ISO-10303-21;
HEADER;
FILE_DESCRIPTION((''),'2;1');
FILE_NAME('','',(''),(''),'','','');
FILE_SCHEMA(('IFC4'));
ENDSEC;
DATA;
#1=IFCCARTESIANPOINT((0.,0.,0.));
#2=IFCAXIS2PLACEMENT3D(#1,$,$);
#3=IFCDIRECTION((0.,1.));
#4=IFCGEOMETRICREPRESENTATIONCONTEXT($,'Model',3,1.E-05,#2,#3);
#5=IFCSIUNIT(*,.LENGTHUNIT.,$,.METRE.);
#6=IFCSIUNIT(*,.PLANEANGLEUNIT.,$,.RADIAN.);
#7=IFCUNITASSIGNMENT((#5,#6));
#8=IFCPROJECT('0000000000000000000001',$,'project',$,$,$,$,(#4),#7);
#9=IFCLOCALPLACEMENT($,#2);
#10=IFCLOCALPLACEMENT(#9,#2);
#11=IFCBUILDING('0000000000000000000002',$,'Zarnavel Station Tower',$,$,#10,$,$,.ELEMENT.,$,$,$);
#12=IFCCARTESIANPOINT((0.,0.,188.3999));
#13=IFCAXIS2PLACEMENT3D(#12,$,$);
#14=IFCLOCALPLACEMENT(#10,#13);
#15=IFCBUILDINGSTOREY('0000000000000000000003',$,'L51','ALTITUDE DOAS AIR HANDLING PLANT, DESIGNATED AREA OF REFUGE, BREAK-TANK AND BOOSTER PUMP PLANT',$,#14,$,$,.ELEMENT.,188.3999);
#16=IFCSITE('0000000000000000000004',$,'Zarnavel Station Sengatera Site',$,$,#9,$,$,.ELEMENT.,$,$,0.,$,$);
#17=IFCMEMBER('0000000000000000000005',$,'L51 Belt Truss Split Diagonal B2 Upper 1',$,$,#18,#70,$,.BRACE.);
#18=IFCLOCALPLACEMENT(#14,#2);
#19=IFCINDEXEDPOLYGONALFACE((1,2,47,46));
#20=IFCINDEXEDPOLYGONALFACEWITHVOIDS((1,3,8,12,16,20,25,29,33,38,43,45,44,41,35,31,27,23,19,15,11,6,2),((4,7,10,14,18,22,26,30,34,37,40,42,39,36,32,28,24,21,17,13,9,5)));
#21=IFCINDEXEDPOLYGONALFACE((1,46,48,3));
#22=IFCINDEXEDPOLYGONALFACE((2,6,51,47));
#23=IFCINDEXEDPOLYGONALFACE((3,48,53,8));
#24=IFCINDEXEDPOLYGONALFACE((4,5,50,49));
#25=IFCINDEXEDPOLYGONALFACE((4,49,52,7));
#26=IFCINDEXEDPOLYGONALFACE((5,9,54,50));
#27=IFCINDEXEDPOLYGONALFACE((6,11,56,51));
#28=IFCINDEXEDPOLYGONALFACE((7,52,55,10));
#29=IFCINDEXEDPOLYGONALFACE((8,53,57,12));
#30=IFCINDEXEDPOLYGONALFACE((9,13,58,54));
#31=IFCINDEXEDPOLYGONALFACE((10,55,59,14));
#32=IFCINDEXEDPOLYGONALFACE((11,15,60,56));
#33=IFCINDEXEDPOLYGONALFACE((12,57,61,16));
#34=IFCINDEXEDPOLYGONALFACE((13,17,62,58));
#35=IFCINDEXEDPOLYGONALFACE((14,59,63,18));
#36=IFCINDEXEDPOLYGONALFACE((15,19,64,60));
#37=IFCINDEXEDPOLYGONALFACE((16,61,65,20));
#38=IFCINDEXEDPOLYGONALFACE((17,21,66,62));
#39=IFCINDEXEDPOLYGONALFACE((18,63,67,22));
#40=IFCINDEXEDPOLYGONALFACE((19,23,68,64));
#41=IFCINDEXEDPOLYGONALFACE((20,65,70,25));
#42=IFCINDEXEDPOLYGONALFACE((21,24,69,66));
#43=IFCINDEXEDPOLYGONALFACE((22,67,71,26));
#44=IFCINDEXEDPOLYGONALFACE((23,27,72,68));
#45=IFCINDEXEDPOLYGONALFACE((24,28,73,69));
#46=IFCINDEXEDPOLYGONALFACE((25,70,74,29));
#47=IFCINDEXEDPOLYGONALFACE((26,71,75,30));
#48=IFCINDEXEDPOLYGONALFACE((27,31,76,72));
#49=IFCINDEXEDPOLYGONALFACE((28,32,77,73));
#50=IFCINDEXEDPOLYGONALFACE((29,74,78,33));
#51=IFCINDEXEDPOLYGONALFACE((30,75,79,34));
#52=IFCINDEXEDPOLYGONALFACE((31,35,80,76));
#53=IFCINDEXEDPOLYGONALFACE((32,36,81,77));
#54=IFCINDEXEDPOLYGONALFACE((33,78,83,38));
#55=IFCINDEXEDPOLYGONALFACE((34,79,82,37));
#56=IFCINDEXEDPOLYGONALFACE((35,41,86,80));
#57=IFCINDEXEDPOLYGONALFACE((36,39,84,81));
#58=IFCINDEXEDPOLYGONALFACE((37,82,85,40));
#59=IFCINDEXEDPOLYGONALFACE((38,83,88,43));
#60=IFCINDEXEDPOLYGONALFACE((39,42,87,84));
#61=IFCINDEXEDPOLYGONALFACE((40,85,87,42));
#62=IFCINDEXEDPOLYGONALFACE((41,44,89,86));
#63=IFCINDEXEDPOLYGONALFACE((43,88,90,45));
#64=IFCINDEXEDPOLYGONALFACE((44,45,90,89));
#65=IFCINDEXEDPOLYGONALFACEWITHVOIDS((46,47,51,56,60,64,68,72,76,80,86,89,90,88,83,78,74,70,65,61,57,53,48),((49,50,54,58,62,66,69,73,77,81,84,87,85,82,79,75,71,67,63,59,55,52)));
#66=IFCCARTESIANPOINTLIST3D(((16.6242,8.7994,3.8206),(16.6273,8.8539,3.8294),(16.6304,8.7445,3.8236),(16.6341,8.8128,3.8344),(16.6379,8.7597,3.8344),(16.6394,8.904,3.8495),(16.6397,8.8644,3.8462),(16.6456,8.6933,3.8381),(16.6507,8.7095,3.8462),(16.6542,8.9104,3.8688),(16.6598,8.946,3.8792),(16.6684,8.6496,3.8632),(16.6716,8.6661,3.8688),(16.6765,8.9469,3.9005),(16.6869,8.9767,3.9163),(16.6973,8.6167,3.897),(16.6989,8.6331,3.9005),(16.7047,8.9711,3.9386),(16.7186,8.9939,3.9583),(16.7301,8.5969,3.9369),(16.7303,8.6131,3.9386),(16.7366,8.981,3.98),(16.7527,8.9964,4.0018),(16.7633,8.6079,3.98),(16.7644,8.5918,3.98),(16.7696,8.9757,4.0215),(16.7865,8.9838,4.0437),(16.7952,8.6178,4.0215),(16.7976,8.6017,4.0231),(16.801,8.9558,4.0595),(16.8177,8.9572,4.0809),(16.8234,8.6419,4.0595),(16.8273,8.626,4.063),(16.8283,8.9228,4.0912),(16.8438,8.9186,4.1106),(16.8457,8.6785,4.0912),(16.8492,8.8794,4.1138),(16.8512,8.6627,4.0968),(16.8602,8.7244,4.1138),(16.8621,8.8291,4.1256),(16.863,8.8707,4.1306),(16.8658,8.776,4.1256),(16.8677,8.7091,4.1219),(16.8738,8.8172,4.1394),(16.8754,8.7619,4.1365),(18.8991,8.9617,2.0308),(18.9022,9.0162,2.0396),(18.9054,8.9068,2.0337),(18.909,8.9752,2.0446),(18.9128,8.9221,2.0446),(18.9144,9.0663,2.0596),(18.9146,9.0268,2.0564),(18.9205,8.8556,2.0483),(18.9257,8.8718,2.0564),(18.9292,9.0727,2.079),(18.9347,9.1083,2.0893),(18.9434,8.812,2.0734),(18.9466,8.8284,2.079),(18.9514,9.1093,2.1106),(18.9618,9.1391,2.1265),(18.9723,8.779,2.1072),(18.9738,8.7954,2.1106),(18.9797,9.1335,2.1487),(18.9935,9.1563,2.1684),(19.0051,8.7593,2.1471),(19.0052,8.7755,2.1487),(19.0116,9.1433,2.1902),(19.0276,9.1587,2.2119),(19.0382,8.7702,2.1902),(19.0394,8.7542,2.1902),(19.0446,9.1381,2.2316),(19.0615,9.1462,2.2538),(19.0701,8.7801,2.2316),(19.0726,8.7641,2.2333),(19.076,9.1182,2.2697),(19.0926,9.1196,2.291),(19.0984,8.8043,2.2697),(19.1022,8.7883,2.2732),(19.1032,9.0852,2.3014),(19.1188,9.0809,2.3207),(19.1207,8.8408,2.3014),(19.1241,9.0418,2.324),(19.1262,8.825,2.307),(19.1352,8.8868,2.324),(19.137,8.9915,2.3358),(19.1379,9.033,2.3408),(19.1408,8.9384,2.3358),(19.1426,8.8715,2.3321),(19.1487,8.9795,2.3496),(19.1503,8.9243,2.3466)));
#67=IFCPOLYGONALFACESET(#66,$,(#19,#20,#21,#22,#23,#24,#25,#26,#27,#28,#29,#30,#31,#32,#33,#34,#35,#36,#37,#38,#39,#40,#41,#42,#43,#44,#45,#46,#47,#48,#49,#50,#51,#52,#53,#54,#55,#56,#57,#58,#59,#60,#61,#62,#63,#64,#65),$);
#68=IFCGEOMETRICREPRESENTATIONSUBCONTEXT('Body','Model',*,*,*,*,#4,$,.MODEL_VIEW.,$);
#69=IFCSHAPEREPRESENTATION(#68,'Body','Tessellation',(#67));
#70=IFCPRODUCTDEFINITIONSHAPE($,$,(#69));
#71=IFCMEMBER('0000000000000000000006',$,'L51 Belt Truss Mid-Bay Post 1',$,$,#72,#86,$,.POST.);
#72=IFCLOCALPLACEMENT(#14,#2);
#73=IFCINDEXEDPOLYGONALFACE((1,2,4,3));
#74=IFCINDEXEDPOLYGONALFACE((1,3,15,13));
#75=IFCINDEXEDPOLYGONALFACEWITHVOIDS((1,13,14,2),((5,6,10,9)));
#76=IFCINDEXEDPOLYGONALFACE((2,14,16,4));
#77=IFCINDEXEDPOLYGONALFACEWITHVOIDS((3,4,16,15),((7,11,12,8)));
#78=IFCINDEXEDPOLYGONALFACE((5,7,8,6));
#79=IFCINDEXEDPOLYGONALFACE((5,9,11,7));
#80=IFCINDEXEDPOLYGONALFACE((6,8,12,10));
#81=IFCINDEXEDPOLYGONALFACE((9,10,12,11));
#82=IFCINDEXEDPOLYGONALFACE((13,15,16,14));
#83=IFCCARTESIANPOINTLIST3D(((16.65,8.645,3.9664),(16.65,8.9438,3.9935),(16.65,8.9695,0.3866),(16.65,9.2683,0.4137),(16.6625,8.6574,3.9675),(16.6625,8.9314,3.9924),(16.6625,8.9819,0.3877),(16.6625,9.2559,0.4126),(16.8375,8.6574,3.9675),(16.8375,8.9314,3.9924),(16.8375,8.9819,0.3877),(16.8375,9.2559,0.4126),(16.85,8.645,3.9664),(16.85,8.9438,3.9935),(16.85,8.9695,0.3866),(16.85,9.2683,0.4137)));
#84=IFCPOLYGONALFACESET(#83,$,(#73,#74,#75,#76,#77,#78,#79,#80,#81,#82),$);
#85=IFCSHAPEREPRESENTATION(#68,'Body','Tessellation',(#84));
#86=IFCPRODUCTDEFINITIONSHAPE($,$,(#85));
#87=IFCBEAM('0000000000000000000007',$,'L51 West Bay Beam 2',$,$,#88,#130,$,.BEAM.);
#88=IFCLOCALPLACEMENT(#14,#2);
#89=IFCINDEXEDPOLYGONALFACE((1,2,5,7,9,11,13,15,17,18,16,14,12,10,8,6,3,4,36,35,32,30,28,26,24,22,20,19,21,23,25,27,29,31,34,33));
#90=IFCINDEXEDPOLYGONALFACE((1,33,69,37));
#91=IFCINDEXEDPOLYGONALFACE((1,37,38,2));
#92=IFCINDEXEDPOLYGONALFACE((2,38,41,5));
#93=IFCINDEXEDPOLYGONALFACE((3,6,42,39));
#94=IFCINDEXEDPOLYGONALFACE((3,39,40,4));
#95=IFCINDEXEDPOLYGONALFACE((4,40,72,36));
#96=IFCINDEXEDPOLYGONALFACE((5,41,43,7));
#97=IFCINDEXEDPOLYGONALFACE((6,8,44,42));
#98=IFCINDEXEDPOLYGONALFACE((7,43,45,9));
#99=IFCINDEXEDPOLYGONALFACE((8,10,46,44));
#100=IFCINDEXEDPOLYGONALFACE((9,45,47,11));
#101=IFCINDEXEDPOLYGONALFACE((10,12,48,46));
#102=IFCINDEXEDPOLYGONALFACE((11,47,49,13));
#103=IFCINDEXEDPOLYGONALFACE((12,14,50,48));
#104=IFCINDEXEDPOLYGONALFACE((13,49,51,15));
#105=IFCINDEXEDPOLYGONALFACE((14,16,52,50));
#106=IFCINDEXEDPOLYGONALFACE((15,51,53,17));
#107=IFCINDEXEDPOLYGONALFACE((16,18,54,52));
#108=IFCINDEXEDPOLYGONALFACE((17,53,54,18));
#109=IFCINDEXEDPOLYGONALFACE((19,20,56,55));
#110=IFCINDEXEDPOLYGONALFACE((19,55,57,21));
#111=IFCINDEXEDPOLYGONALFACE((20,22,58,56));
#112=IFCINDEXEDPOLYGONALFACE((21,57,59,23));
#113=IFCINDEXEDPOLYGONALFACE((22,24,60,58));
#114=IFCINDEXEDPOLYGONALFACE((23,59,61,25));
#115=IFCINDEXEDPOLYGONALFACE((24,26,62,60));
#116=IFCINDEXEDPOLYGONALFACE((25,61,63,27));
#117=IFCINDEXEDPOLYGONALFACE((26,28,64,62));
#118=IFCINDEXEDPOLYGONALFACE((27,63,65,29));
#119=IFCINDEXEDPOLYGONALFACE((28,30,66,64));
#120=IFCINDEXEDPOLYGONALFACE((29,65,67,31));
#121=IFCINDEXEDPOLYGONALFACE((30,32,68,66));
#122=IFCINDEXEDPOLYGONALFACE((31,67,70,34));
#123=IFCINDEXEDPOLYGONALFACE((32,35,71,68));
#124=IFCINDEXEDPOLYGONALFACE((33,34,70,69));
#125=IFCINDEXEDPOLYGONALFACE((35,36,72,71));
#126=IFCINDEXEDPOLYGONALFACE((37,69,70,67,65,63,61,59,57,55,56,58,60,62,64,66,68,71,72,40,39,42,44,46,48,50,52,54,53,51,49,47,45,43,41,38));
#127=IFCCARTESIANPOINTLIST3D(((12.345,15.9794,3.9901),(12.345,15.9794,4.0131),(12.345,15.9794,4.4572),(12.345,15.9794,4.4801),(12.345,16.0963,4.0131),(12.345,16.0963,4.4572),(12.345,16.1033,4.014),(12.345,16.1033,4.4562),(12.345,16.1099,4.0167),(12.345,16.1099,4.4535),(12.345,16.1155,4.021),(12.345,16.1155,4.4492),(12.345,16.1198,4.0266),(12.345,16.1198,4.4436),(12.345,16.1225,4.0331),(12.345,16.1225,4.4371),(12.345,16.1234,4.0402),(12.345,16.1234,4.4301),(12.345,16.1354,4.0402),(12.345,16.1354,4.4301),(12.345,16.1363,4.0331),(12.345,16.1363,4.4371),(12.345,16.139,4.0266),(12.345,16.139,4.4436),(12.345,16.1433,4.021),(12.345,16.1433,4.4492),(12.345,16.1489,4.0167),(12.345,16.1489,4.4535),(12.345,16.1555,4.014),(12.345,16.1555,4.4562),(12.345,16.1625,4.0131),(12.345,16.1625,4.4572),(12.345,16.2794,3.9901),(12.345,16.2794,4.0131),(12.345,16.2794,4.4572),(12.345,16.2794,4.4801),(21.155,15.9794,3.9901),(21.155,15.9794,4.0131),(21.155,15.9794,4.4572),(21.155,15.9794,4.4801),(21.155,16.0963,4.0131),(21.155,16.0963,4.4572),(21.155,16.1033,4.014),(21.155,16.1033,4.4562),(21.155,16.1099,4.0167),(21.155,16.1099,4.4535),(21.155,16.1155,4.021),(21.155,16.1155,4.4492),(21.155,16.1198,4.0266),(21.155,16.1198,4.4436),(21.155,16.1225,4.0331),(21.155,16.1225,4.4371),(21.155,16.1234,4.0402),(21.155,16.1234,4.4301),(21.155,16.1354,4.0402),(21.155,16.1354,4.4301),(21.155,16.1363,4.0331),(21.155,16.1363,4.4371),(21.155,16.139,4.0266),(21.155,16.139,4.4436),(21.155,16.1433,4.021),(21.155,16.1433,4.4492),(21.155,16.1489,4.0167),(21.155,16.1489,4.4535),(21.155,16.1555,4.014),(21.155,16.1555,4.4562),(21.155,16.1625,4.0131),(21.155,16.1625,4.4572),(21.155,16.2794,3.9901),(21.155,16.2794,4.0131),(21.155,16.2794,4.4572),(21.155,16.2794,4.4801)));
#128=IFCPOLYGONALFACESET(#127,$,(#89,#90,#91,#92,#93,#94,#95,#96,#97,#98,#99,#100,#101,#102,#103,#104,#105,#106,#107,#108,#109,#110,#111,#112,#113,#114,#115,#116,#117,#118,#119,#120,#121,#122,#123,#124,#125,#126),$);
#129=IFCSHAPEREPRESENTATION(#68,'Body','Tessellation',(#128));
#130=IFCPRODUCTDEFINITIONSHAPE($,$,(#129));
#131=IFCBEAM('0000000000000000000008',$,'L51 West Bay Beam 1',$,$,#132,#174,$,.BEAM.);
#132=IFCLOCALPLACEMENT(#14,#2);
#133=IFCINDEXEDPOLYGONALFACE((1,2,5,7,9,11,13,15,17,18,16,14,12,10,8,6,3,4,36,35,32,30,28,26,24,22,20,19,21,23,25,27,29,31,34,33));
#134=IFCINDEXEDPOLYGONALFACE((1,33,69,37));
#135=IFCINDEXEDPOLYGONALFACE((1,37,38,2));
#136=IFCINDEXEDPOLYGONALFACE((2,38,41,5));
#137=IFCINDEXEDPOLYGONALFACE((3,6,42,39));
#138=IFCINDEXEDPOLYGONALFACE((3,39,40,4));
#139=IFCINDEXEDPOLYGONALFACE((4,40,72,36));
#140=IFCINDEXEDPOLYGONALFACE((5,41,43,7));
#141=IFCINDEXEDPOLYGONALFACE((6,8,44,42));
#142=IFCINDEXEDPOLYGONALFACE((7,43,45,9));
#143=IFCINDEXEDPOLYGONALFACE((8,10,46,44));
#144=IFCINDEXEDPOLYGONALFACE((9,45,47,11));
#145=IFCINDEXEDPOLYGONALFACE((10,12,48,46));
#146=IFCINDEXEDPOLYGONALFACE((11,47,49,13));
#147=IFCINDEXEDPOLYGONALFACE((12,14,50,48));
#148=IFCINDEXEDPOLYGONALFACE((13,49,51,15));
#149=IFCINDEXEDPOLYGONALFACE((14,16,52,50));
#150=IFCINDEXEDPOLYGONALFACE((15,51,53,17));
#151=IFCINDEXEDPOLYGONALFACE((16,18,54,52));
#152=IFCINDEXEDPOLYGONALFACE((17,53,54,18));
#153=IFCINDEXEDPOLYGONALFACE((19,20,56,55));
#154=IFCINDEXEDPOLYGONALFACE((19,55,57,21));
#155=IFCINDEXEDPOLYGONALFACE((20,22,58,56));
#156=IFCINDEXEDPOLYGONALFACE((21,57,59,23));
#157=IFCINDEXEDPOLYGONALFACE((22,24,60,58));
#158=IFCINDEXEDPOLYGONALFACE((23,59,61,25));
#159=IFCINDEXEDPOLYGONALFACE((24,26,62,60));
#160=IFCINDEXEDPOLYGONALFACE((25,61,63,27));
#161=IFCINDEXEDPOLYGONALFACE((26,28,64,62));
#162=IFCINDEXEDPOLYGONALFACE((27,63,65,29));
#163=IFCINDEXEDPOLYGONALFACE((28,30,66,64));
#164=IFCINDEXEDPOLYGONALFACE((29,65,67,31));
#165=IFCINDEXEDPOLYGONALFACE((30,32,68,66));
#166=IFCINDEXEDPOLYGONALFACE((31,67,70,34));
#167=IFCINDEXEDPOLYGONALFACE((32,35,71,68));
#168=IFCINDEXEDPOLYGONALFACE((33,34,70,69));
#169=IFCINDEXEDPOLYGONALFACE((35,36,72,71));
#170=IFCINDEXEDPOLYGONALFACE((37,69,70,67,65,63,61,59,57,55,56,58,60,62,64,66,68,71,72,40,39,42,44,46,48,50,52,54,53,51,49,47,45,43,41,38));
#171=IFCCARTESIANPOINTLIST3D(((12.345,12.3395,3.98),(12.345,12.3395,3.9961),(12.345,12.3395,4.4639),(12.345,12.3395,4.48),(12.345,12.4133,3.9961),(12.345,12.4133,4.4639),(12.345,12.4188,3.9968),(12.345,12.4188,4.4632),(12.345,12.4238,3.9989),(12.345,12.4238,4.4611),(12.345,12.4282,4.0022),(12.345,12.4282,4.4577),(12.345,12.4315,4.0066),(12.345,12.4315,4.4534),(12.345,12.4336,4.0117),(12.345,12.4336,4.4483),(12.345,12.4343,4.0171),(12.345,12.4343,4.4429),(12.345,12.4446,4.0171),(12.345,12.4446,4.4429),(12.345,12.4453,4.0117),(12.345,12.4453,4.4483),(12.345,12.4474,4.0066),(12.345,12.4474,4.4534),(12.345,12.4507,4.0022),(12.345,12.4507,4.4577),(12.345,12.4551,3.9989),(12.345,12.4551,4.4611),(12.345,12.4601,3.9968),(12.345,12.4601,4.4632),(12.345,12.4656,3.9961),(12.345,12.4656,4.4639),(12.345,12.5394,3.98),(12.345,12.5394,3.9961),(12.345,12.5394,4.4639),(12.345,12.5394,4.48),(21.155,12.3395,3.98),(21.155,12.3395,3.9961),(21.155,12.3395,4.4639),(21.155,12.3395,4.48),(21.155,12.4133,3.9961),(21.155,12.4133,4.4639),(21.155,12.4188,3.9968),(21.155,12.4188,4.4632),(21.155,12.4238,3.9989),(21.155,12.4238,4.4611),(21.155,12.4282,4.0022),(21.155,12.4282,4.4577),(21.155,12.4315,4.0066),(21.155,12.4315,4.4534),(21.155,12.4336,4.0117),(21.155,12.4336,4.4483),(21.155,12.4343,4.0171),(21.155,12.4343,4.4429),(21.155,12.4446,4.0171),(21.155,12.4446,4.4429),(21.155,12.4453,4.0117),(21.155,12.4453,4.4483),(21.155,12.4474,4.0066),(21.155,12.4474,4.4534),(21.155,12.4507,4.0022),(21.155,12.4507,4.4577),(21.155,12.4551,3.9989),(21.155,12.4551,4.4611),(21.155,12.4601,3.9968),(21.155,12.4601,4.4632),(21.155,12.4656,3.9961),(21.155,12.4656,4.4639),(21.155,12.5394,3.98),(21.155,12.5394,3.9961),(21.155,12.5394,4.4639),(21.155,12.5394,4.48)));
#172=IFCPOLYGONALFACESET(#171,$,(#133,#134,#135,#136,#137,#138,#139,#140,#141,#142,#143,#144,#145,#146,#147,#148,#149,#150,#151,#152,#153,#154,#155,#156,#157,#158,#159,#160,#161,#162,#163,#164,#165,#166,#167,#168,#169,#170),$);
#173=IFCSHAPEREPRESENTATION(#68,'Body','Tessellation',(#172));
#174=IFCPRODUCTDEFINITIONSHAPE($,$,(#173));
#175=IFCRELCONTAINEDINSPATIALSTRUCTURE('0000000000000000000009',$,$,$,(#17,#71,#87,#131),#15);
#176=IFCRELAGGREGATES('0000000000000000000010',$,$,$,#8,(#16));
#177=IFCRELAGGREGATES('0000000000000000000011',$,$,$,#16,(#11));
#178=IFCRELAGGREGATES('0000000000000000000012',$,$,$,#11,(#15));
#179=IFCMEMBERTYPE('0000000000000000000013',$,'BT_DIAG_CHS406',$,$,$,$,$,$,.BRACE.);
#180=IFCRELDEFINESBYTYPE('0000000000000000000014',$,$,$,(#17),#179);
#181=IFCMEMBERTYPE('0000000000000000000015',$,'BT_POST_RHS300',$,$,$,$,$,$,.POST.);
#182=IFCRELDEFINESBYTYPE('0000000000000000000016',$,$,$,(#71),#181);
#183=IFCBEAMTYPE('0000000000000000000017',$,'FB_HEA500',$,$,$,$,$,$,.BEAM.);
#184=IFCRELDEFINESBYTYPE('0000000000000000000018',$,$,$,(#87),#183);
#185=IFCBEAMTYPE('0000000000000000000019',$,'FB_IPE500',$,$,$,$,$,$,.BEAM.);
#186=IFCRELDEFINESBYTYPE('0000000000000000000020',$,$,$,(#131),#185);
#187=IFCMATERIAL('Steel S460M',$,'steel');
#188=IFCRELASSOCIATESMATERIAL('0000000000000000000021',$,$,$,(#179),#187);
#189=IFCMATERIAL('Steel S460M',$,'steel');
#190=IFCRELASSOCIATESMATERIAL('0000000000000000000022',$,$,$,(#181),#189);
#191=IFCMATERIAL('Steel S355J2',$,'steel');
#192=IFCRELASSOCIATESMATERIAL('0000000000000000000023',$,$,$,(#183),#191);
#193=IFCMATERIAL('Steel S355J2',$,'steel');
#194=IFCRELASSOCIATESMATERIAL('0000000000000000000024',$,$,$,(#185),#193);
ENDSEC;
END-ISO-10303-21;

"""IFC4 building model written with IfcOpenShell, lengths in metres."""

from ifc_helpers import new_model, si_unit, direction, frame, origin, origin_2d, place, context, subcontext, project, spatial, hollow_rectangle, hollow_circle, i_section, extrude, material, material_profile, profile_set, type_object, element, save


model = new_model("IFC4")

# Units and contexts
model_context = context("Model", 3, precision=1e-05, world=origin(), true_north=direction((0.0, 1.0)))
body_context = subcontext(model_context, "Body", "Model", "MODEL_VIEW")
ifc_project = project(units=[si_unit("LENGTHUNIT", "METRE"), si_unit("PLANEANGLEUNIT", "RADIAN")], contexts=[model_context])

# Site, building, storey
site_placement = place(None, origin())
site = spatial("IfcSite", under=ifc_project, at=site_placement, Name="Zarnavel Station Sengatera Site", CompositionType="ELEMENT", RefElevation=0.0)
building_placement = place(site_placement, origin())
building = spatial("IfcBuilding", under=site, at=building_placement, Name="Zarnavel Station Tower", CompositionType="ELEMENT")
storey_placement = place(building_placement, frame((0.0, 0.0, 188.3999)))
storey = spatial("IfcBuildingStorey", under=building, at=storey_placement, Name="L51", Description="ALTITUDE DOAS AIR HANDLING PLANT, DESIGNATED AREA OF REFUGE, BREAK-TANK AND BOOSTER PUMP PLANT", CompositionType="ELEMENT", Elevation=188.3999)

# Members
ifc_material_1 = material(Name="Steel S460M", Category="steel")
ifc_material_profile_1 = material_profile(ifc_material_1, hollow_circle(Radius=0.2031, WallThickness=0.0161, at=origin_2d()), Name="CHS406.4x16")
ifc_profile_set_1 = profile_set([ifc_material_profile_1], Name="Steel S460M")
member_type_1 = type_object("IfcMemberType", Name="BT_DIAG_CHS406", PredefinedType="BRACE", material=ifc_profile_set_1)
member_1_placement = place(storey_placement, frame((19.0249, 8.9568, 2.1902), z_axis=(-0.784687, -0.056001, 0.617358), x_axis=(0.071186, -0.997463, 0.0)))
element("IfcMember", 1, at=member_1_placement, inside=storey, type_object=member_type_1, Name="L51 Belt Truss Split Diagonal B2 Upper 1", PredefinedType="BRACE", context=body_context, shape_type="SweptSolid", body=[
    extrude(hollow_circle(Radius=0.2031, WallThickness=0.0161, at=origin_2d()), origin(), (0.0, 0.0, 1.0), 2.8992),
])
ifc_material_2 = material(Name="Steel S460M", Category="steel")
ifc_material_profile_2 = material_profile(ifc_material_2, hollow_rectangle(XDim=0.2, YDim=0.3, WallThickness=0.0125, at=origin_2d()), Name="RHS300x200x12.5")
ifc_profile_set_2 = profile_set([ifc_material_profile_2], Name="Steel S460M")
member_type_2 = type_object("IfcMemberType", Name="BT_POST_RHS300", PredefinedType="POST", material=ifc_profile_set_2)
member_2_placement = place(storey_placement, frame((16.75, 9.1189, 0.4001), z_axis=(0.0, -0.090266, 0.995918), x_axis=(1.0, 0.0, 0.0)))
element("IfcMember", 2, at=member_2_placement, inside=storey, type_object=member_type_2, Name="L51 Belt Truss Mid-Bay Post 1", PredefinedType="POST", context=body_context, shape_type="SweptSolid", body=[
    extrude(hollow_rectangle(XDim=0.2, YDim=0.3, WallThickness=0.0125, at=origin_2d()), origin(), (0.0, 0.0, 1.0), 3.5945),
])

# Beams
ifc_material_3 = material(Name="Steel S355J2", Category="steel")
ifc_material_profile_3 = material_profile(ifc_material_3, i_section(OverallWidth=0.3, OverallDepth=0.49, WebThickness=0.012, FlangeThickness=0.0229, FilletRadius=0.0271, at=origin_2d()), Name="HEA500")
ifc_profile_set_3 = profile_set([ifc_material_profile_3], Name="Steel S355J2")
beam_type_1 = type_object("IfcBeamType", Name="FB_HEA500", PredefinedType="BEAM", material=ifc_profile_set_3)
beam_1_placement = place(storey_placement, frame((12.345, 16.1294, 4.2351), z_axis=(1.0, 0.0, 0.0), x_axis=(0.0, 1.0, 0.0)))
element("IfcBeam", 3, at=beam_1_placement, inside=storey, type_object=beam_type_1, Name="L51 West Bay Beam 2", PredefinedType="BEAM", context=body_context, shape_type="SweptSolid", body=[
    extrude(i_section(OverallWidth=0.3, OverallDepth=0.49, WebThickness=0.012, FlangeThickness=0.0229, FilletRadius=0.0271, at=origin_2d()), origin(), (0.0, 0.0, 1.0), 8.8101),
])
ifc_material_4 = material(Name="Steel S355J2", Category="steel")
ifc_material_profile_4 = material_profile(ifc_material_4, i_section(OverallWidth=0.2, OverallDepth=0.5, WebThickness=0.0103, FlangeThickness=0.0161, FilletRadius=0.021, at=origin_2d()), Name="IPE500")
ifc_profile_set_4 = profile_set([ifc_material_profile_4], Name="Steel S355J2")
beam_type_2 = type_object("IfcBeamType", Name="FB_IPE500", PredefinedType="BEAM", material=ifc_profile_set_4)
beam_2_placement = place(storey_placement, frame((12.345, 12.4395, 4.23), z_axis=(1.0, 0.0, 0.0), x_axis=(0.0, 1.0, 0.0)))
element("IfcBeam", 4, at=beam_2_placement, inside=storey, type_object=beam_type_2, Name="L51 West Bay Beam 1", PredefinedType="BEAM", context=body_context, shape_type="SweptSolid", body=[
    extrude(i_section(OverallWidth=0.2, OverallDepth=0.5, WebThickness=0.0103, FlangeThickness=0.0161, FilletRadius=0.021, at=origin_2d()), origin(), (0.0, 0.0, 1.0), 8.8101),
])

save(model, "model.ifc")
